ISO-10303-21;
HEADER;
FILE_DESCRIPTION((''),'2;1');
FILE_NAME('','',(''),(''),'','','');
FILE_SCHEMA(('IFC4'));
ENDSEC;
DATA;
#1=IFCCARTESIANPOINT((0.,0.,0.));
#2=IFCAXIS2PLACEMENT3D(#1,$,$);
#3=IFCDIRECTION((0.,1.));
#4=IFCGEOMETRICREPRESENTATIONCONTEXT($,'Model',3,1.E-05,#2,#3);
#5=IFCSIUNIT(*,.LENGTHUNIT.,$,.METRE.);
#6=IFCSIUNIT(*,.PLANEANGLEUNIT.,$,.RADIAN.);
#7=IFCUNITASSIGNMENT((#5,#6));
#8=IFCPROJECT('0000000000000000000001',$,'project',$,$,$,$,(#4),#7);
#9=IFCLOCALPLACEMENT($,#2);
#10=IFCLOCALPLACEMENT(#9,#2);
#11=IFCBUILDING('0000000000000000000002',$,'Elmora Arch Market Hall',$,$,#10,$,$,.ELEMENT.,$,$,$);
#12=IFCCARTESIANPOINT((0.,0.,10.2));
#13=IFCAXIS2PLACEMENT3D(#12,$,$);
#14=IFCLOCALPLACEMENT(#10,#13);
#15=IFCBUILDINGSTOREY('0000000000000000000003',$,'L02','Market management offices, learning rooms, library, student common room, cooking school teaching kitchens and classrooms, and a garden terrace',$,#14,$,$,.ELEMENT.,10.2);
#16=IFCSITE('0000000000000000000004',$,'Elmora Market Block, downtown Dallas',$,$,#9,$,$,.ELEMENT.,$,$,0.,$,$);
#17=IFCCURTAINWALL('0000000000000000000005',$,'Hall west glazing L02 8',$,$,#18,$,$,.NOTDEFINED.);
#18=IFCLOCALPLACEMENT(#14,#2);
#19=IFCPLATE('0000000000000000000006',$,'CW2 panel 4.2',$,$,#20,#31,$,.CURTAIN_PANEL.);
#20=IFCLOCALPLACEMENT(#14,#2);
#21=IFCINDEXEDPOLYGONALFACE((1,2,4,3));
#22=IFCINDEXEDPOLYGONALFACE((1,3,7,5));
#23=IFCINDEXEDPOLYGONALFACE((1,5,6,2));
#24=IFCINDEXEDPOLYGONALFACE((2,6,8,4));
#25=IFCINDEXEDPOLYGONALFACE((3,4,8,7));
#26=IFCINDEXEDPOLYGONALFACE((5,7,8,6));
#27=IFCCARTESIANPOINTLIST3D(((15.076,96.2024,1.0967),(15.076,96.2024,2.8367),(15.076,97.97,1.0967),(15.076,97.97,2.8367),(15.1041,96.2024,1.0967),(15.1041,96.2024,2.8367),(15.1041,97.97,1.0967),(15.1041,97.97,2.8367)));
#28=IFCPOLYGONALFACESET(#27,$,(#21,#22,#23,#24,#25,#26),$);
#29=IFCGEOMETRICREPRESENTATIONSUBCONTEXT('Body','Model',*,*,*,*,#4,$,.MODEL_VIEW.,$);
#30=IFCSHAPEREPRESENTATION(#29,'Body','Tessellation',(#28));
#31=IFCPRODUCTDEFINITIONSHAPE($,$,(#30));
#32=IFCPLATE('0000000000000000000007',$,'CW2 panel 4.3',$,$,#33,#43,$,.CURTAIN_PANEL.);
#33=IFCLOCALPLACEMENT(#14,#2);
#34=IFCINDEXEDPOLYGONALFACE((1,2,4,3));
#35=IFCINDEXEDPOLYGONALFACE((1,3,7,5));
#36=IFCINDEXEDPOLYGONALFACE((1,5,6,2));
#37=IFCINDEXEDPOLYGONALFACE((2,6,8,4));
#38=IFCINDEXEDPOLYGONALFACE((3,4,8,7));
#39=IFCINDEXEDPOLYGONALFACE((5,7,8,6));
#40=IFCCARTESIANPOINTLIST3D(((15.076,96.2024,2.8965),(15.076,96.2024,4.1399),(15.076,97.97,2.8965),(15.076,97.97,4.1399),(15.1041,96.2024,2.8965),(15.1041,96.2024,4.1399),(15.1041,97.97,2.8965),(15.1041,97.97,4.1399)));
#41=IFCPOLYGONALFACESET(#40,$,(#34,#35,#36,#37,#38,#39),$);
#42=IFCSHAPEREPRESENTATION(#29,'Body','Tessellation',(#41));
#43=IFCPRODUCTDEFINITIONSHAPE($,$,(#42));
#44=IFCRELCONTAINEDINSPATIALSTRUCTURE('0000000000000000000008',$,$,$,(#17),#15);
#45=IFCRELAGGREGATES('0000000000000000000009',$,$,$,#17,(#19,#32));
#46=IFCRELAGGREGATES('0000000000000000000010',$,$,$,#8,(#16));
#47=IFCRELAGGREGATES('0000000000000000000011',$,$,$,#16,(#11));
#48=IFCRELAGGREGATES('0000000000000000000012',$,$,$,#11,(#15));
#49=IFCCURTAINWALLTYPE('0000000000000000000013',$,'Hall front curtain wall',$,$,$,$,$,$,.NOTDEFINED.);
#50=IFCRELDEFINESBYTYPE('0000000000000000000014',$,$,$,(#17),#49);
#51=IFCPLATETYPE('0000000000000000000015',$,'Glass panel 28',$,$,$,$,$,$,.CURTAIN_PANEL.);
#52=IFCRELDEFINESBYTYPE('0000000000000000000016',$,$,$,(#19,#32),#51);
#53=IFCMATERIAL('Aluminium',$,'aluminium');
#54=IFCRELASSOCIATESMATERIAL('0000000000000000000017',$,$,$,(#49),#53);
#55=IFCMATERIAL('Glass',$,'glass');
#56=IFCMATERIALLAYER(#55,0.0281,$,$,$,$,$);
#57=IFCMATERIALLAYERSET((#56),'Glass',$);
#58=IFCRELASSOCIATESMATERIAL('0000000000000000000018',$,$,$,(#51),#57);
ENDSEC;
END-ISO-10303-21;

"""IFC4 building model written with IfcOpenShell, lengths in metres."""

from ifc_helpers import new_model, si_unit, direction, frame, origin, origin_2d, place, context, subcontext, project, spatial, rectangle, extrude, material, layer, layer_set, type_object, element, aggregate, save


model = new_model("IFC4")

# Units and contexts
model_context = context("Model", 3, precision=1e-05, world=origin(), true_north=direction((0.0, 1.0)))
body_context = subcontext(model_context, "Body", "Model", "MODEL_VIEW")
ifc_project = project(units=[si_unit("LENGTHUNIT", "METRE"), si_unit("PLANEANGLEUNIT", "RADIAN")], contexts=[model_context])

# Site, building, storey
site_placement = place(None, origin())
site = spatial("IfcSite", under=ifc_project, at=site_placement, Name="Elmora Market Block, downtown Dallas", CompositionType="ELEMENT", RefElevation=0.0)
building_placement = place(site_placement, origin())
building = spatial("IfcBuilding", under=site, at=building_placement, Name="Elmora Arch Market Hall", CompositionType="ELEMENT")
storey_placement = place(building_placement, frame((0.0, 0.0, 10.2)))
storey = spatial("IfcBuildingStorey", under=building, at=storey_placement, Name="L02", Description="Market management offices, learning rooms, library, student common room, cooking school teaching kitchens and classrooms, and a garden terrace", CompositionType="ELEMENT", Elevation=10.2)

# Curtain wall
ifc_material_1 = material(Name="Aluminium", Category="aluminium")
curtain_wall_type_1 = type_object("IfcCurtainWallType", Name="Hall front curtain wall", PredefinedType="NOTDEFINED", material=ifc_material_1)
curtain_wall_1_placement = place(storey_placement, origin())
curtain_wall_1 = element("IfcCurtainWall", 1, at=curtain_wall_1_placement, inside=storey, type_object=curtain_wall_type_1, Name="Hall west glazing L02 8", PredefinedType="NOTDEFINED")

# Plates
ifc_material_2 = material(Name="Glass", Category="glass")
ifc_layer = layer(ifc_material_2, 0.0281)
ifc_layer_set = layer_set([ifc_layer], Name="Glass")
plate_type = type_object("IfcPlateType", Name="Glass panel 28", PredefinedType="CURTAIN_PANEL", material=ifc_layer_set)
plate_1_placement = place(storey_placement, frame((15.0901, 97.0862, 1.0967), z_axis=(0.0, 0.0, 1.0), x_axis=(0.0, 1.0, 0.0)))
plate_1 = element("IfcPlate", 2, at=plate_1_placement, type_object=plate_type, Name="CW2 panel 4.2", PredefinedType="CURTAIN_PANEL", context=body_context, shape_type="SweptSolid", body=[
    extrude(rectangle(XDim=1.7676, YDim=0.0281, at=origin_2d()), origin(), (0.0, 0.0, 1.0), 1.74),
])
plate_2_placement = place(storey_placement, frame((15.0901, 97.0862, 2.8965), z_axis=(0.0, 0.0, 1.0), x_axis=(0.0, 1.0, 0.0)))
plate_2 = element("IfcPlate", 3, at=plate_2_placement, type_object=plate_type, Name="CW2 panel 4.3", PredefinedType="CURTAIN_PANEL", context=body_context, shape_type="SweptSolid", body=[
    extrude(rectangle(XDim=1.7676, YDim=0.0281, at=origin_2d()), origin(), (0.0, 0.0, 1.0), 1.2434),
])
aggregate(curtain_wall_1, [plate_1, plate_2])

save(model, "model.ifc")
